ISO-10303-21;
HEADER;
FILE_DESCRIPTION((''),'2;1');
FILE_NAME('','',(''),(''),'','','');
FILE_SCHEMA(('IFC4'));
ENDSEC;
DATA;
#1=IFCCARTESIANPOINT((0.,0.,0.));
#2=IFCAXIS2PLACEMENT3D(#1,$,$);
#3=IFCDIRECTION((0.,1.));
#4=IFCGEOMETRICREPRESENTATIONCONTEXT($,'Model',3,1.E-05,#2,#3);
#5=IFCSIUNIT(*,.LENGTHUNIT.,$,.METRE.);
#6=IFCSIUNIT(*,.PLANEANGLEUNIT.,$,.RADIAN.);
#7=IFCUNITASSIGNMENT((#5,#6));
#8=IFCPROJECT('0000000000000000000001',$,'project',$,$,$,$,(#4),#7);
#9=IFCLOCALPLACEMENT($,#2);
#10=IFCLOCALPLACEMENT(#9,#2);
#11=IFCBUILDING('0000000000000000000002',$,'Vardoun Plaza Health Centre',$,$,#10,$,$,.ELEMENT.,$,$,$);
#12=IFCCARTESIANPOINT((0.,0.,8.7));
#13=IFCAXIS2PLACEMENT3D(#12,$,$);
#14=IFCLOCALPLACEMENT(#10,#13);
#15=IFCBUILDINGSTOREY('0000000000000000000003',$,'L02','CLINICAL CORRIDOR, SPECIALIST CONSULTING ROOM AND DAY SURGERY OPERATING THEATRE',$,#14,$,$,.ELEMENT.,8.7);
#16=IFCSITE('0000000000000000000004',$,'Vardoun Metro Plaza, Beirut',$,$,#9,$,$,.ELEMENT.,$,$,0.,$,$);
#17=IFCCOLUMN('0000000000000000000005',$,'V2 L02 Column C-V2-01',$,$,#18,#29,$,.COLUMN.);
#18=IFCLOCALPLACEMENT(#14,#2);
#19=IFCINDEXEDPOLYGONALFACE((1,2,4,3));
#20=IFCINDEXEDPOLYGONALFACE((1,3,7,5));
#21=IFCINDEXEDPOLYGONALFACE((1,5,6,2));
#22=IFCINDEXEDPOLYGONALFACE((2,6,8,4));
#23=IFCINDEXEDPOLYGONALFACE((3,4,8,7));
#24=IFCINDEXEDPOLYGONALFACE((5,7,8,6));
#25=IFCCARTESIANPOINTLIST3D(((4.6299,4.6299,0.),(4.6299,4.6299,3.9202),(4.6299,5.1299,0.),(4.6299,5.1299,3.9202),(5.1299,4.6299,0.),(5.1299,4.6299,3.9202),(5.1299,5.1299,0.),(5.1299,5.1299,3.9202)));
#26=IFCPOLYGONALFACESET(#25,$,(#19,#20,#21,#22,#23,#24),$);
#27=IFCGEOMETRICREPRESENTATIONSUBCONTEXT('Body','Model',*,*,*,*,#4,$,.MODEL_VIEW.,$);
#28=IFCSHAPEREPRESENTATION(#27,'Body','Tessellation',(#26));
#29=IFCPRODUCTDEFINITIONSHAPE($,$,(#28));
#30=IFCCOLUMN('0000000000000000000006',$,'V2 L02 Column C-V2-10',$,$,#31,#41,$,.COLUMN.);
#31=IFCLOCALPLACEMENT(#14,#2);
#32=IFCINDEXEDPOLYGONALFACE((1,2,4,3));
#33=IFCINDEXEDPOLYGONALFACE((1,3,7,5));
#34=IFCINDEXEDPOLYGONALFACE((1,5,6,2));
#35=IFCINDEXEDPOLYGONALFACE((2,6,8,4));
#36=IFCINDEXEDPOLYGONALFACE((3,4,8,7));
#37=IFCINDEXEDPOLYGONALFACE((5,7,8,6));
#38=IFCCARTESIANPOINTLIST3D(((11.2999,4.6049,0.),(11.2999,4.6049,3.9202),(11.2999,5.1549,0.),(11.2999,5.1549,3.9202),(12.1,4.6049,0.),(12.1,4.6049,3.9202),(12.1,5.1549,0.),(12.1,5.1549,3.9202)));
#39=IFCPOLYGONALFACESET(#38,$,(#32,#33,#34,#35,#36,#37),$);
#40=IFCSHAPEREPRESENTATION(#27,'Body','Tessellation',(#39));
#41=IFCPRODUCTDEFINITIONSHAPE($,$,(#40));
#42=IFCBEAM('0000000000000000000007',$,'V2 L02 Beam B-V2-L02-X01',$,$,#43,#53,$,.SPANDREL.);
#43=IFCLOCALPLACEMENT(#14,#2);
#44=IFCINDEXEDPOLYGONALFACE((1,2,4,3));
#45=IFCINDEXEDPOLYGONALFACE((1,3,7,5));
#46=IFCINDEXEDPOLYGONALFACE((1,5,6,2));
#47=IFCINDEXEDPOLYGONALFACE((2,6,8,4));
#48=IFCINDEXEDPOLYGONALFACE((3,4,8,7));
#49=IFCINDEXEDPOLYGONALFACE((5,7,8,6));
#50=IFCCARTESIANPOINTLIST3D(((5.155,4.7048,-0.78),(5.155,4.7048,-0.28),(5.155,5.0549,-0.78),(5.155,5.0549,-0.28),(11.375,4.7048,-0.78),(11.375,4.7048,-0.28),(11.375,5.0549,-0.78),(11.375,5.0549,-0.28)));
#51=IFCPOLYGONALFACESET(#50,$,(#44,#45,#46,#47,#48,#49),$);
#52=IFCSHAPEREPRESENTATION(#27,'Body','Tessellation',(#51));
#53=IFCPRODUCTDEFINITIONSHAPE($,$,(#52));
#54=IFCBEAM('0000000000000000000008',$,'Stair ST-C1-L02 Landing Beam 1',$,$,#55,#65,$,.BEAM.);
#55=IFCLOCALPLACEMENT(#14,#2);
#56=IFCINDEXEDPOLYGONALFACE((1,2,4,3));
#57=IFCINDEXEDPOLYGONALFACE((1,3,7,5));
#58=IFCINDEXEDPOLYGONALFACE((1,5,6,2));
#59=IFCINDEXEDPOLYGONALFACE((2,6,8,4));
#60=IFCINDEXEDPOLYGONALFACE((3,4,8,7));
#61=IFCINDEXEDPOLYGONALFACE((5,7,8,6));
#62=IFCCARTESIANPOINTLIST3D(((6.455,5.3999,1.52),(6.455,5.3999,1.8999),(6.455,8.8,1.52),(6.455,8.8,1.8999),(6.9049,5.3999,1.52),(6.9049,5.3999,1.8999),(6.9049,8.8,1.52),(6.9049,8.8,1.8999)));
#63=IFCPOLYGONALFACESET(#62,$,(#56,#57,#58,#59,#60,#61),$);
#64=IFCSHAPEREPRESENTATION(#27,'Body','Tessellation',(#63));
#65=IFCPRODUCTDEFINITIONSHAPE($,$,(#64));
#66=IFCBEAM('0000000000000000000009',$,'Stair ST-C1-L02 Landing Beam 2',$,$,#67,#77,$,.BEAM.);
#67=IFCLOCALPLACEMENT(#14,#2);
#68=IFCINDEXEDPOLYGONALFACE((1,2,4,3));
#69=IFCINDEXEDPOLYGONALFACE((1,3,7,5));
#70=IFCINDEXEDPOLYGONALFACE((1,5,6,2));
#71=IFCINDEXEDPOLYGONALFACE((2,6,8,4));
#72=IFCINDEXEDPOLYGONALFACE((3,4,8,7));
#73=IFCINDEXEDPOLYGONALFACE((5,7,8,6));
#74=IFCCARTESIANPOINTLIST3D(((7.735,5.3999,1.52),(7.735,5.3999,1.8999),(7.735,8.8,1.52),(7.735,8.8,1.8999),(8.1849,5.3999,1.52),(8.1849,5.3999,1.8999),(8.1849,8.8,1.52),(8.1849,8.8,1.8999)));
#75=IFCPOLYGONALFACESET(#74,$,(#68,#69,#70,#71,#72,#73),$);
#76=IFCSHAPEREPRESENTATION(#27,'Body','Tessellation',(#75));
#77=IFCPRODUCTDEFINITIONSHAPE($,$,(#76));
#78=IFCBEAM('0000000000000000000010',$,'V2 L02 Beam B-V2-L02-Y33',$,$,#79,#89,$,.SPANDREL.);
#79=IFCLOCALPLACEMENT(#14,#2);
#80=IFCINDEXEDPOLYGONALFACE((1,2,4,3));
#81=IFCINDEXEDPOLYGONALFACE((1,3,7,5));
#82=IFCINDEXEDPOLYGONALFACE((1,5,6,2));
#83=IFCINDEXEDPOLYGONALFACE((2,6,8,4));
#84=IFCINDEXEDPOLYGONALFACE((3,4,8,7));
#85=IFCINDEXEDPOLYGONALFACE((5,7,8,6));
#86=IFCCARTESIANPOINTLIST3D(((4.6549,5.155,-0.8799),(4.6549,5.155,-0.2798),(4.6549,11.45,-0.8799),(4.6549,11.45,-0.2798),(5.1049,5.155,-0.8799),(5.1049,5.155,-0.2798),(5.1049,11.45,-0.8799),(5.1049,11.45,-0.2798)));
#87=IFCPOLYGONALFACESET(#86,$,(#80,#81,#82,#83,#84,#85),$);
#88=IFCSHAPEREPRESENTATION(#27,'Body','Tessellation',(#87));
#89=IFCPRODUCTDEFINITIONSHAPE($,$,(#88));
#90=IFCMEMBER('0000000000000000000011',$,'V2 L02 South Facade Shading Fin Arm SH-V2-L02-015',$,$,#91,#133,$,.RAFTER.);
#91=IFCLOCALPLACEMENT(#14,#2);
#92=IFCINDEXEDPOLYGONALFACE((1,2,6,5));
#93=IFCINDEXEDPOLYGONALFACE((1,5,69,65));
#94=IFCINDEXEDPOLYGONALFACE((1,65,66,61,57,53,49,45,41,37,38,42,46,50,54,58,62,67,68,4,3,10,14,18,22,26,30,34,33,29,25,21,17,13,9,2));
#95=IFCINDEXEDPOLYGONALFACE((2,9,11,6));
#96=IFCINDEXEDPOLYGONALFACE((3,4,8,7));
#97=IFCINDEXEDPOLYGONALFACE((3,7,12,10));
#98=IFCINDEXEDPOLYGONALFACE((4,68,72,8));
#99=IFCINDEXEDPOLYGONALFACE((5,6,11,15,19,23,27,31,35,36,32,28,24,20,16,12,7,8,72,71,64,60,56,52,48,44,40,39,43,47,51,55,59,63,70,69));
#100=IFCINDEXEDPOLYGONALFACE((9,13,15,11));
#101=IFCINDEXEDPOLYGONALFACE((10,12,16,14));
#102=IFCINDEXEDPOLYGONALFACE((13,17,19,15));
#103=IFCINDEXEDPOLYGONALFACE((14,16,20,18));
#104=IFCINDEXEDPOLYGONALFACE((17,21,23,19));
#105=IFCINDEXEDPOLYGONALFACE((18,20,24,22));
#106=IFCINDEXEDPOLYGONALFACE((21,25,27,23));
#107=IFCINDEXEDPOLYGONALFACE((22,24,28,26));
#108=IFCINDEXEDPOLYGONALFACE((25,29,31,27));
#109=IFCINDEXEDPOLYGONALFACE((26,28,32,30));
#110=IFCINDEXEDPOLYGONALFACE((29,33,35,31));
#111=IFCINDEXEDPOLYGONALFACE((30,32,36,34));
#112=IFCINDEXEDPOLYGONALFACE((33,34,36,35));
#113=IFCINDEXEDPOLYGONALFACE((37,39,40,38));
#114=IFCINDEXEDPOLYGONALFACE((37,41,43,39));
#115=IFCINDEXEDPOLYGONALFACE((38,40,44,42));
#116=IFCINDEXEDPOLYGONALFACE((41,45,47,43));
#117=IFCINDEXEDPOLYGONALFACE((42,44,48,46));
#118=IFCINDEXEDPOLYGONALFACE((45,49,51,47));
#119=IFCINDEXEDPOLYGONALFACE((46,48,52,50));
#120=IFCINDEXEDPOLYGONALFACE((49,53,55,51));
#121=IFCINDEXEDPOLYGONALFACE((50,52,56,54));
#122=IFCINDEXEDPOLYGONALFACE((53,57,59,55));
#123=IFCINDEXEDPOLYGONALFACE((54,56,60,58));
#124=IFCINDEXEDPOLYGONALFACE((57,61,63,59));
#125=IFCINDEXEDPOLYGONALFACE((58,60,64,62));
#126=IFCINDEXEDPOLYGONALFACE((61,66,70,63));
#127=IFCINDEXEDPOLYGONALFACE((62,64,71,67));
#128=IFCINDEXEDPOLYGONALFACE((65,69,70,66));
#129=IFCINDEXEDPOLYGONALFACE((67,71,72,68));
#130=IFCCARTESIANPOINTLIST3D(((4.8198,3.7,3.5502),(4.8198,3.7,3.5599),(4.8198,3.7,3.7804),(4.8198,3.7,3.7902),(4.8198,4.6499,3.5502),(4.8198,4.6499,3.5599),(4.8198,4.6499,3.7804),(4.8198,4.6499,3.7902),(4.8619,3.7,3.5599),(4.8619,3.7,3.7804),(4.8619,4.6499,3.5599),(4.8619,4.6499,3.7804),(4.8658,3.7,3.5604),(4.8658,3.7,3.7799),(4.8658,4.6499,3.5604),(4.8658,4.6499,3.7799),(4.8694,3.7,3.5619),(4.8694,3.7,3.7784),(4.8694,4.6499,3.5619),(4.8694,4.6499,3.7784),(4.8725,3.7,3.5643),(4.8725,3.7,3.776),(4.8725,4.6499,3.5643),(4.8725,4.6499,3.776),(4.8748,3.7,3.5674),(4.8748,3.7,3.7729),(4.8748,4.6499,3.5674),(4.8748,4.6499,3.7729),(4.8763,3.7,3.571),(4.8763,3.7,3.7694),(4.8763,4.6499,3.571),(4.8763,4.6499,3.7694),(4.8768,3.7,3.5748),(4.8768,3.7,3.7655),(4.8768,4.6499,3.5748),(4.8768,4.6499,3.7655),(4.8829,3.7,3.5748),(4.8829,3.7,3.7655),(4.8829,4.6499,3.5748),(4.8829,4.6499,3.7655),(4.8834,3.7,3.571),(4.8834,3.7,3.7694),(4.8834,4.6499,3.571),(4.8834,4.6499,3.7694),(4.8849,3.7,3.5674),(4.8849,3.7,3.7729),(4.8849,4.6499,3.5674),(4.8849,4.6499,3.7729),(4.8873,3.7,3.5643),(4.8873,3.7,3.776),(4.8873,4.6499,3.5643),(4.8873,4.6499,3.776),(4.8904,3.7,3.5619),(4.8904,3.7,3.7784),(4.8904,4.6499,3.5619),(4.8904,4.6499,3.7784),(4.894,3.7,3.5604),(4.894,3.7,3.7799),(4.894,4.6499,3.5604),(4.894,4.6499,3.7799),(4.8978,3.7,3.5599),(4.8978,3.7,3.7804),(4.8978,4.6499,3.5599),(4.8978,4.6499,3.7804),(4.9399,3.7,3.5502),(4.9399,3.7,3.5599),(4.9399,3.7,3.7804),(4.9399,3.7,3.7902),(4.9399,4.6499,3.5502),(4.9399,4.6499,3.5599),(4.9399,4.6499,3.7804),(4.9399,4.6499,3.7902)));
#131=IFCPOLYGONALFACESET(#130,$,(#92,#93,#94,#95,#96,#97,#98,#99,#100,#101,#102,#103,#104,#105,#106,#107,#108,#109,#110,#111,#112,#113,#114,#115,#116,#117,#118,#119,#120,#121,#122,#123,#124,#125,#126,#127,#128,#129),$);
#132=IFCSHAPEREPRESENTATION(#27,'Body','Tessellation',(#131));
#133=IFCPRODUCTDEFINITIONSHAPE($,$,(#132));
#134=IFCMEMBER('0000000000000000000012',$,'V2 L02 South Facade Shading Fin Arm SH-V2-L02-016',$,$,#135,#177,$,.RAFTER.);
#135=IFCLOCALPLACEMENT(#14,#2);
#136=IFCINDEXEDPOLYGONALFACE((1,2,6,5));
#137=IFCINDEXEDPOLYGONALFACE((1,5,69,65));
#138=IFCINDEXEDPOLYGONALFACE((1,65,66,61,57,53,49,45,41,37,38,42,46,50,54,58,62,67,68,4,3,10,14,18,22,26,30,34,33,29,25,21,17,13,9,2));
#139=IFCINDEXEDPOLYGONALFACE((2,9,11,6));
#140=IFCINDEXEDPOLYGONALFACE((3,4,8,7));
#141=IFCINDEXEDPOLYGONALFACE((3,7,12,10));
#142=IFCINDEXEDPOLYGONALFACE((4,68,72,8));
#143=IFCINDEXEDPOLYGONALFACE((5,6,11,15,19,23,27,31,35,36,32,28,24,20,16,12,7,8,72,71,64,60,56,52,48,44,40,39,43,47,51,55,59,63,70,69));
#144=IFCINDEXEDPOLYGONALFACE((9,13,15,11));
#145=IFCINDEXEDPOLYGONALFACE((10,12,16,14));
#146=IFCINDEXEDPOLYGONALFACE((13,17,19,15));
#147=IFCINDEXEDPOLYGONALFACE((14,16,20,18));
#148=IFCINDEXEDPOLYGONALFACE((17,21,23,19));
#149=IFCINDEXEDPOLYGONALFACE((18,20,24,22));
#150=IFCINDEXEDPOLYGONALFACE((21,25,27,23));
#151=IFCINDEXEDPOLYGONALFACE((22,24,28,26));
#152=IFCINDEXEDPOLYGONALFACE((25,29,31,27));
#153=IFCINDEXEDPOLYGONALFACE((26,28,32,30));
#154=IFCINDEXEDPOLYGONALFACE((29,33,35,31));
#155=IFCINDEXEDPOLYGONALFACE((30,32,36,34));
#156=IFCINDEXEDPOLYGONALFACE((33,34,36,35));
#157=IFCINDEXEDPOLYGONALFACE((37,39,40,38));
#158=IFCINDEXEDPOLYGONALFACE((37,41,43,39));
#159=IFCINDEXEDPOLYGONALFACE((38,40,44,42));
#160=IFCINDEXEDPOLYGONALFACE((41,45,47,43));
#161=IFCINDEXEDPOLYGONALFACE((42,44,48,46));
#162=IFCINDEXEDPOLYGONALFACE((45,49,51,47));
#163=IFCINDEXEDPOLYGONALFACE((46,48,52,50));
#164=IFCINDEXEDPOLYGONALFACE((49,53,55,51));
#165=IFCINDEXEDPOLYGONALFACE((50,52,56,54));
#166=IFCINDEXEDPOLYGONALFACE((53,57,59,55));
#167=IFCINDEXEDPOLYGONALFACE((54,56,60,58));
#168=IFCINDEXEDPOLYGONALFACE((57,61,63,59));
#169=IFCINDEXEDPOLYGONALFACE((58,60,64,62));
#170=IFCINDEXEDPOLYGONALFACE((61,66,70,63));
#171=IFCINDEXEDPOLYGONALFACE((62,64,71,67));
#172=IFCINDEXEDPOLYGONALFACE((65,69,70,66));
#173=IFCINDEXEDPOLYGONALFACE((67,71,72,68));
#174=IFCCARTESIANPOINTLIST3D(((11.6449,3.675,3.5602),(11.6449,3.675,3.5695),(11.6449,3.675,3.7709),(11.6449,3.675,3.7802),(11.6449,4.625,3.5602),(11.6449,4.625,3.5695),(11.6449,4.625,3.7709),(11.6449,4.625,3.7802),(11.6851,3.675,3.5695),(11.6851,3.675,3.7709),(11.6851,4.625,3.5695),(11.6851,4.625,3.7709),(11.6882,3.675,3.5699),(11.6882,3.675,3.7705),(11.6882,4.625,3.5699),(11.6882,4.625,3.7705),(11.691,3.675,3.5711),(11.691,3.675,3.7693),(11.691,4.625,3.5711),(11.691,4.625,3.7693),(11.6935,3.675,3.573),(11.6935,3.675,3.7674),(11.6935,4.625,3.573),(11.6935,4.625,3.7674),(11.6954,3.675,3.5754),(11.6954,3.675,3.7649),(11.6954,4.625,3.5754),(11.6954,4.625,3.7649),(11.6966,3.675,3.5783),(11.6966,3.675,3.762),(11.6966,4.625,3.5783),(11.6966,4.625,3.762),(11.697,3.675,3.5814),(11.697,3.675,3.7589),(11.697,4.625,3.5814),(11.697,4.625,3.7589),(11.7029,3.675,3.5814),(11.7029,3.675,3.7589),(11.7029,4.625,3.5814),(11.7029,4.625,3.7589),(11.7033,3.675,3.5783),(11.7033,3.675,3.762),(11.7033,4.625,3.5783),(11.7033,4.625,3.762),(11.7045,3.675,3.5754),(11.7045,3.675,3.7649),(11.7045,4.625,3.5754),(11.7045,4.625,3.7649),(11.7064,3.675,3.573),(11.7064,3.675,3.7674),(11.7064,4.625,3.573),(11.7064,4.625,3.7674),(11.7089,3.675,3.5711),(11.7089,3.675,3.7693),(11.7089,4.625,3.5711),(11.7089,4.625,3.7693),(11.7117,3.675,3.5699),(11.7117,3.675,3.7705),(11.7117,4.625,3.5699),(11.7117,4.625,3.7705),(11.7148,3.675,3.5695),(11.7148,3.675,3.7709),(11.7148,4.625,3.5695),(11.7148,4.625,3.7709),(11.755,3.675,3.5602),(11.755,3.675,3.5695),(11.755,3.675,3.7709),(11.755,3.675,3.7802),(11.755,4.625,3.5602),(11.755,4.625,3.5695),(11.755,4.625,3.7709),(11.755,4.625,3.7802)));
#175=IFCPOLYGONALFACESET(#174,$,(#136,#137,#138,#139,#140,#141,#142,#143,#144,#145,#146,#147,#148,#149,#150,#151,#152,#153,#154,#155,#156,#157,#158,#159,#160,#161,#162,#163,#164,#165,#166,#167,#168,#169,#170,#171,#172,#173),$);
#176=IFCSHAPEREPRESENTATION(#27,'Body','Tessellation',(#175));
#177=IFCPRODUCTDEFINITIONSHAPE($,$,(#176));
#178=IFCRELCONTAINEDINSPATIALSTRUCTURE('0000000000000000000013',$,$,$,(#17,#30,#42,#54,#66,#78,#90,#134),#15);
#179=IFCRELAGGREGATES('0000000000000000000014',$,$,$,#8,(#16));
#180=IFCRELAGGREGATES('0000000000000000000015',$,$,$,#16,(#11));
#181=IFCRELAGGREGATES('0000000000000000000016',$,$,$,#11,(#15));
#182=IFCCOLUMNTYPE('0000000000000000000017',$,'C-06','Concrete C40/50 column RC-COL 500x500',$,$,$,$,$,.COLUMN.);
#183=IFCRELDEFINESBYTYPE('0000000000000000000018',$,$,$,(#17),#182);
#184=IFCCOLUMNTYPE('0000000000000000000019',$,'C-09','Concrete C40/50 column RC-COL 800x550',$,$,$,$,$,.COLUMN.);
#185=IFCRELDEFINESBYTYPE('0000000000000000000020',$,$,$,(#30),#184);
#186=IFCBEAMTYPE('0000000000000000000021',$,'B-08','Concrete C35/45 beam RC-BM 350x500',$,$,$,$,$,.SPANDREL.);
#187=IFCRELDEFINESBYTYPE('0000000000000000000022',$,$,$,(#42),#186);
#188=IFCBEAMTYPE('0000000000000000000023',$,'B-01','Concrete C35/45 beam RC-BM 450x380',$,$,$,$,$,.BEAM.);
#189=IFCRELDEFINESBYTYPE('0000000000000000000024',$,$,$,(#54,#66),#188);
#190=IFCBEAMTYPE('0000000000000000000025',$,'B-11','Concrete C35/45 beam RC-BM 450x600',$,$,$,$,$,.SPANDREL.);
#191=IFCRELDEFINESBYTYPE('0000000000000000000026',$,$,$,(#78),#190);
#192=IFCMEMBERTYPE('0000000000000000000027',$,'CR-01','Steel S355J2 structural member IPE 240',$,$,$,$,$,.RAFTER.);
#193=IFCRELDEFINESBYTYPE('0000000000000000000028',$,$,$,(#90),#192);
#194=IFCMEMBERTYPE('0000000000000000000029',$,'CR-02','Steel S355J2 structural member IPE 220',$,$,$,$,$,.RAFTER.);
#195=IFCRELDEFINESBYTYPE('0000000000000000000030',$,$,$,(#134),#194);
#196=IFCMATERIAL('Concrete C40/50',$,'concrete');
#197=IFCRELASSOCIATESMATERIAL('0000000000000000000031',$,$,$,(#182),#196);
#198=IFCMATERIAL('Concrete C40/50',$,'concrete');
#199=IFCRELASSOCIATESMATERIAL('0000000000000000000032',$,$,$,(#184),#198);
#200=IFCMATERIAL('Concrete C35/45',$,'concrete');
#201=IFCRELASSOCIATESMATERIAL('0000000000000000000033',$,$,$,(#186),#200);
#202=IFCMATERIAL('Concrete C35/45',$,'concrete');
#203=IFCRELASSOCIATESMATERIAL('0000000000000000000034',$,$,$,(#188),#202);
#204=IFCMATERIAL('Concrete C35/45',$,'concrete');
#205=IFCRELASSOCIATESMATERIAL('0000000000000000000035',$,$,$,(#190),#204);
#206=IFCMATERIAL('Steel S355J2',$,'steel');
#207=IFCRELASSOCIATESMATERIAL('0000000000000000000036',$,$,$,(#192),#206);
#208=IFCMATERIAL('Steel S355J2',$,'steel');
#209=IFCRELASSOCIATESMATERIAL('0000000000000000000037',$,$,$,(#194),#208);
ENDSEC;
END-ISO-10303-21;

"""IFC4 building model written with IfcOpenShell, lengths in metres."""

from ifc_helpers import new_model, si_unit, direction, frame, origin, origin_2d, place, context, subcontext, project, spatial, rectangle, i_section, extrude, material, material_profile, profile_set, type_object, element, save


model = new_model("IFC4")

# Units and contexts
model_context = context("Model", 3, precision=1e-05, world=origin(), true_north=direction((0.0, 1.0)))
body_context = subcontext(model_context, "Body", "Model", "MODEL_VIEW")
ifc_project = project(units=[si_unit("LENGTHUNIT", "METRE"), si_unit("PLANEANGLEUNIT", "RADIAN")], contexts=[model_context])

# Site, building, storey
site_placement = place(None, origin())
site = spatial("IfcSite", under=ifc_project, at=site_placement, Name="Vardoun Metro Plaza, Beirut", CompositionType="ELEMENT", RefElevation=0.0)
building_placement = place(site_placement, origin())
building = spatial("IfcBuilding", under=site, at=building_placement, Name="Vardoun Plaza Health Centre", CompositionType="ELEMENT")
storey_placement = place(building_placement, frame((0.0, 0.0, 8.7)))
storey = spatial("IfcBuildingStorey", under=building, at=storey_placement, Name="L02", Description="CLINICAL CORRIDOR, SPECIALIST CONSULTING ROOM AND DAY SURGERY OPERATING THEATRE", CompositionType="ELEMENT", Elevation=8.7)

# Columns
ifc_material_1 = material(Name="Concrete C40/50", Category="concrete")
ifc_material_profile_1 = material_profile(ifc_material_1, rectangle(XDim=0.5, YDim=0.5, at=origin_2d()), Name="RC-COL 500x500")
ifc_profile_set_1 = profile_set([ifc_material_profile_1], Name="Concrete C40/50")
column_type_1 = type_object("IfcColumnType", Name="C-06", Description="Concrete C40/50 column RC-COL 500x500", PredefinedType="COLUMN", material=ifc_profile_set_1)
column_1_placement = place(storey_placement, frame((4.8799, 4.8799, 0.0), z_axis=(0.0, 0.0, 1.0), x_axis=(1.0, 0.0, 0.0)))
element("IfcColumn", 1, at=column_1_placement, inside=storey, type_object=column_type_1, Name="V2 L02 Column C-V2-01", PredefinedType="COLUMN", context=body_context, shape_type="SweptSolid", body=[
    extrude(rectangle(XDim=0.5, YDim=0.5, at=origin_2d()), origin(), (0.0, 0.0, 1.0), 3.9202),
])
ifc_material_2 = material(Name="Concrete C40/50", Category="concrete")
ifc_material_profile_2 = material_profile(ifc_material_2, rectangle(XDim=0.8, YDim=0.55, at=origin_2d()), Name="RC-COL 800x550")
ifc_profile_set_2 = profile_set([ifc_material_profile_2], Name="Concrete C40/50")
column_type_2 = type_object("IfcColumnType", Name="C-09", Description="Concrete C40/50 column RC-COL 800x550", PredefinedType="COLUMN", material=ifc_profile_set_2)
column_2_placement = place(storey_placement, frame((11.7, 4.8799, 0.0), z_axis=(0.0, 0.0, 1.0), x_axis=(1.0, 0.0, 0.0)))
element("IfcColumn", 2, at=column_2_placement, inside=storey, type_object=column_type_2, Name="V2 L02 Column C-V2-10", PredefinedType="COLUMN", context=body_context, shape_type="SweptSolid", body=[
    extrude(rectangle(XDim=0.8, YDim=0.55, at=origin_2d()), origin(), (0.0, 0.0, 1.0), 3.9202),
])

# Beams
ifc_material_3 = material(Name="Concrete C35/45", Category="concrete")
ifc_material_profile_3 = material_profile(ifc_material_3, rectangle(XDim=0.3501, YDim=0.5, at=origin_2d()), Name="RC-BM 350x500")
ifc_profile_set_3 = profile_set([ifc_material_profile_3], Name="Concrete C35/45")
beam_type_1 = type_object("IfcBeamType", Name="B-08", Description="Concrete C35/45 beam RC-BM 350x500", PredefinedType="SPANDREL", material=ifc_profile_set_3)
beam_1_placement = place(storey_placement, frame((5.155, 4.8799, -0.53), z_axis=(1.0, 0.0, 0.0), x_axis=(0.0, 1.0, 0.0)))
element("IfcBeam", 3, at=beam_1_placement, inside=storey, type_object=beam_type_1, Name="V2 L02 Beam B-V2-L02-X01", PredefinedType="SPANDREL", context=body_context, shape_type="SweptSolid", body=[
    extrude(rectangle(XDim=0.3501, YDim=0.5, at=origin_2d()), origin(), (0.0, 0.0, 1.0), 6.22),
])
ifc_material_4 = material(Name="Concrete C35/45", Category="concrete")
ifc_material_profile_4 = material_profile(ifc_material_4, rectangle(XDim=0.45, YDim=0.3799, at=origin_2d()), Name="RC-BM 450x380")
ifc_profile_set_4 = profile_set([ifc_material_profile_4], Name="Concrete C35/45")
beam_type_2 = type_object("IfcBeamType", Name="B-01", Description="Concrete C35/45 beam RC-BM 450x380", PredefinedType="BEAM", material=ifc_profile_set_4)
for number, where, z_axis, x_axis, name in (
    (4, (6.6799, 5.3999, 1.71), (0.0, 1.0, 0.0), (-1.0, 0.0, 0.0), "Stair ST-C1-L02 Landing Beam 1"),
    (5, (7.96, 5.3999, 1.71), (0.0, 1.0, 0.0), (-1.0, 0.0, 0.0), "Stair ST-C1-L02 Landing Beam 2"),
):
    element("IfcBeam", number, at=place(storey_placement, frame(where, z_axis=z_axis, x_axis=x_axis)), inside=storey, type_object=beam_type_2, Name=name, PredefinedType="BEAM", context=body_context, shape_type="SweptSolid", body=[
        extrude(rectangle(XDim=0.45, YDim=0.3799, at=origin_2d()), origin(), (0.0, 0.0, 1.0), 3.4001),
    ])
ifc_material_5 = material(Name="Concrete C35/45", Category="concrete")
ifc_material_profile_5 = material_profile(ifc_material_5, rectangle(XDim=0.45, YDim=0.6001, at=origin_2d()), Name="RC-BM 450x600")
ifc_profile_set_5 = profile_set([ifc_material_profile_5], Name="Concrete C35/45")
beam_type_3 = type_object("IfcBeamType", Name="B-11", Description="Concrete C35/45 beam RC-BM 450x600", PredefinedType="SPANDREL", material=ifc_profile_set_5)
beam_2_placement = place(storey_placement, frame((4.8799, 5.155, -0.5798), z_axis=(0.0, 1.0, 0.0), x_axis=(-1.0, 0.0, 0.0)))
element("IfcBeam", 6, at=beam_2_placement, inside=storey, type_object=beam_type_3, Name="V2 L02 Beam B-V2-L02-Y33", PredefinedType="SPANDREL", context=body_context, shape_type="SweptSolid", body=[
    extrude(rectangle(XDim=0.45, YDim=0.6001, at=origin_2d()), origin(), (0.0, 0.0, 1.0), 6.2949),
])

# Members
ifc_material_6 = material(Name="Steel S355J2", Category="steel")
ifc_material_profile_6 = material_profile(ifc_material_6, i_section(OverallWidth=0.1201, OverallDepth=0.24, WebThickness=0.0061, FlangeThickness=0.0098, FilletRadius=0.0149, at=origin_2d()), Name="IPE 240")
ifc_profile_set_6 = profile_set([ifc_material_profile_6], Name="Steel S355J2")
member_type_1 = type_object("IfcMemberType", Name="CR-01", Description="Steel S355J2 structural member IPE 240", PredefinedType="RAFTER", material=ifc_profile_set_6)
member_1_placement = place(storey_placement, frame((4.8799, 4.6499, 3.6702), z_axis=(0.0, -1.0, 0.0), x_axis=(1.0, 0.0, 0.0)))
element("IfcMember", 7, at=member_1_placement, inside=storey, type_object=member_type_1, Name="V2 L02 South Facade Shading Fin Arm SH-V2-L02-015", PredefinedType="RAFTER", context=body_context, shape_type="SweptSolid", body=[
    extrude(i_section(OverallWidth=0.1201, OverallDepth=0.24, WebThickness=0.0061, FlangeThickness=0.0098, FilletRadius=0.0149, at=origin_2d()), origin(), (0.0, 0.0, 1.0), 0.95),
])
ifc_material_7 = material(Name="Steel S355J2", Category="steel")
ifc_material_profile_7 = material_profile(ifc_material_7, i_section(OverallWidth=0.1101, OverallDepth=0.22, WebThickness=0.0059, FlangeThickness=0.0093, FilletRadius=0.012, at=origin_2d()), Name="IPE 220")
ifc_profile_set_7 = profile_set([ifc_material_profile_7], Name="Steel S355J2")
member_type_2 = type_object("IfcMemberType", Name="CR-02", Description="Steel S355J2 structural member IPE 220", PredefinedType="RAFTER", material=ifc_profile_set_7)
member_2_placement = place(storey_placement, frame((11.7, 4.625, 3.6702), z_axis=(0.0, -1.0, 0.0), x_axis=(1.0, 0.0, 0.0)))
element("IfcMember", 8, at=member_2_placement, inside=storey, type_object=member_type_2, Name="V2 L02 South Facade Shading Fin Arm SH-V2-L02-016", PredefinedType="RAFTER", context=body_context, shape_type="SweptSolid", body=[
    extrude(i_section(OverallWidth=0.1101, OverallDepth=0.22, WebThickness=0.0059, FlangeThickness=0.0093, FilletRadius=0.012, at=origin_2d()), origin(), (0.0, 0.0, 1.0), 0.95),
])

save(model, "model.ifc")
